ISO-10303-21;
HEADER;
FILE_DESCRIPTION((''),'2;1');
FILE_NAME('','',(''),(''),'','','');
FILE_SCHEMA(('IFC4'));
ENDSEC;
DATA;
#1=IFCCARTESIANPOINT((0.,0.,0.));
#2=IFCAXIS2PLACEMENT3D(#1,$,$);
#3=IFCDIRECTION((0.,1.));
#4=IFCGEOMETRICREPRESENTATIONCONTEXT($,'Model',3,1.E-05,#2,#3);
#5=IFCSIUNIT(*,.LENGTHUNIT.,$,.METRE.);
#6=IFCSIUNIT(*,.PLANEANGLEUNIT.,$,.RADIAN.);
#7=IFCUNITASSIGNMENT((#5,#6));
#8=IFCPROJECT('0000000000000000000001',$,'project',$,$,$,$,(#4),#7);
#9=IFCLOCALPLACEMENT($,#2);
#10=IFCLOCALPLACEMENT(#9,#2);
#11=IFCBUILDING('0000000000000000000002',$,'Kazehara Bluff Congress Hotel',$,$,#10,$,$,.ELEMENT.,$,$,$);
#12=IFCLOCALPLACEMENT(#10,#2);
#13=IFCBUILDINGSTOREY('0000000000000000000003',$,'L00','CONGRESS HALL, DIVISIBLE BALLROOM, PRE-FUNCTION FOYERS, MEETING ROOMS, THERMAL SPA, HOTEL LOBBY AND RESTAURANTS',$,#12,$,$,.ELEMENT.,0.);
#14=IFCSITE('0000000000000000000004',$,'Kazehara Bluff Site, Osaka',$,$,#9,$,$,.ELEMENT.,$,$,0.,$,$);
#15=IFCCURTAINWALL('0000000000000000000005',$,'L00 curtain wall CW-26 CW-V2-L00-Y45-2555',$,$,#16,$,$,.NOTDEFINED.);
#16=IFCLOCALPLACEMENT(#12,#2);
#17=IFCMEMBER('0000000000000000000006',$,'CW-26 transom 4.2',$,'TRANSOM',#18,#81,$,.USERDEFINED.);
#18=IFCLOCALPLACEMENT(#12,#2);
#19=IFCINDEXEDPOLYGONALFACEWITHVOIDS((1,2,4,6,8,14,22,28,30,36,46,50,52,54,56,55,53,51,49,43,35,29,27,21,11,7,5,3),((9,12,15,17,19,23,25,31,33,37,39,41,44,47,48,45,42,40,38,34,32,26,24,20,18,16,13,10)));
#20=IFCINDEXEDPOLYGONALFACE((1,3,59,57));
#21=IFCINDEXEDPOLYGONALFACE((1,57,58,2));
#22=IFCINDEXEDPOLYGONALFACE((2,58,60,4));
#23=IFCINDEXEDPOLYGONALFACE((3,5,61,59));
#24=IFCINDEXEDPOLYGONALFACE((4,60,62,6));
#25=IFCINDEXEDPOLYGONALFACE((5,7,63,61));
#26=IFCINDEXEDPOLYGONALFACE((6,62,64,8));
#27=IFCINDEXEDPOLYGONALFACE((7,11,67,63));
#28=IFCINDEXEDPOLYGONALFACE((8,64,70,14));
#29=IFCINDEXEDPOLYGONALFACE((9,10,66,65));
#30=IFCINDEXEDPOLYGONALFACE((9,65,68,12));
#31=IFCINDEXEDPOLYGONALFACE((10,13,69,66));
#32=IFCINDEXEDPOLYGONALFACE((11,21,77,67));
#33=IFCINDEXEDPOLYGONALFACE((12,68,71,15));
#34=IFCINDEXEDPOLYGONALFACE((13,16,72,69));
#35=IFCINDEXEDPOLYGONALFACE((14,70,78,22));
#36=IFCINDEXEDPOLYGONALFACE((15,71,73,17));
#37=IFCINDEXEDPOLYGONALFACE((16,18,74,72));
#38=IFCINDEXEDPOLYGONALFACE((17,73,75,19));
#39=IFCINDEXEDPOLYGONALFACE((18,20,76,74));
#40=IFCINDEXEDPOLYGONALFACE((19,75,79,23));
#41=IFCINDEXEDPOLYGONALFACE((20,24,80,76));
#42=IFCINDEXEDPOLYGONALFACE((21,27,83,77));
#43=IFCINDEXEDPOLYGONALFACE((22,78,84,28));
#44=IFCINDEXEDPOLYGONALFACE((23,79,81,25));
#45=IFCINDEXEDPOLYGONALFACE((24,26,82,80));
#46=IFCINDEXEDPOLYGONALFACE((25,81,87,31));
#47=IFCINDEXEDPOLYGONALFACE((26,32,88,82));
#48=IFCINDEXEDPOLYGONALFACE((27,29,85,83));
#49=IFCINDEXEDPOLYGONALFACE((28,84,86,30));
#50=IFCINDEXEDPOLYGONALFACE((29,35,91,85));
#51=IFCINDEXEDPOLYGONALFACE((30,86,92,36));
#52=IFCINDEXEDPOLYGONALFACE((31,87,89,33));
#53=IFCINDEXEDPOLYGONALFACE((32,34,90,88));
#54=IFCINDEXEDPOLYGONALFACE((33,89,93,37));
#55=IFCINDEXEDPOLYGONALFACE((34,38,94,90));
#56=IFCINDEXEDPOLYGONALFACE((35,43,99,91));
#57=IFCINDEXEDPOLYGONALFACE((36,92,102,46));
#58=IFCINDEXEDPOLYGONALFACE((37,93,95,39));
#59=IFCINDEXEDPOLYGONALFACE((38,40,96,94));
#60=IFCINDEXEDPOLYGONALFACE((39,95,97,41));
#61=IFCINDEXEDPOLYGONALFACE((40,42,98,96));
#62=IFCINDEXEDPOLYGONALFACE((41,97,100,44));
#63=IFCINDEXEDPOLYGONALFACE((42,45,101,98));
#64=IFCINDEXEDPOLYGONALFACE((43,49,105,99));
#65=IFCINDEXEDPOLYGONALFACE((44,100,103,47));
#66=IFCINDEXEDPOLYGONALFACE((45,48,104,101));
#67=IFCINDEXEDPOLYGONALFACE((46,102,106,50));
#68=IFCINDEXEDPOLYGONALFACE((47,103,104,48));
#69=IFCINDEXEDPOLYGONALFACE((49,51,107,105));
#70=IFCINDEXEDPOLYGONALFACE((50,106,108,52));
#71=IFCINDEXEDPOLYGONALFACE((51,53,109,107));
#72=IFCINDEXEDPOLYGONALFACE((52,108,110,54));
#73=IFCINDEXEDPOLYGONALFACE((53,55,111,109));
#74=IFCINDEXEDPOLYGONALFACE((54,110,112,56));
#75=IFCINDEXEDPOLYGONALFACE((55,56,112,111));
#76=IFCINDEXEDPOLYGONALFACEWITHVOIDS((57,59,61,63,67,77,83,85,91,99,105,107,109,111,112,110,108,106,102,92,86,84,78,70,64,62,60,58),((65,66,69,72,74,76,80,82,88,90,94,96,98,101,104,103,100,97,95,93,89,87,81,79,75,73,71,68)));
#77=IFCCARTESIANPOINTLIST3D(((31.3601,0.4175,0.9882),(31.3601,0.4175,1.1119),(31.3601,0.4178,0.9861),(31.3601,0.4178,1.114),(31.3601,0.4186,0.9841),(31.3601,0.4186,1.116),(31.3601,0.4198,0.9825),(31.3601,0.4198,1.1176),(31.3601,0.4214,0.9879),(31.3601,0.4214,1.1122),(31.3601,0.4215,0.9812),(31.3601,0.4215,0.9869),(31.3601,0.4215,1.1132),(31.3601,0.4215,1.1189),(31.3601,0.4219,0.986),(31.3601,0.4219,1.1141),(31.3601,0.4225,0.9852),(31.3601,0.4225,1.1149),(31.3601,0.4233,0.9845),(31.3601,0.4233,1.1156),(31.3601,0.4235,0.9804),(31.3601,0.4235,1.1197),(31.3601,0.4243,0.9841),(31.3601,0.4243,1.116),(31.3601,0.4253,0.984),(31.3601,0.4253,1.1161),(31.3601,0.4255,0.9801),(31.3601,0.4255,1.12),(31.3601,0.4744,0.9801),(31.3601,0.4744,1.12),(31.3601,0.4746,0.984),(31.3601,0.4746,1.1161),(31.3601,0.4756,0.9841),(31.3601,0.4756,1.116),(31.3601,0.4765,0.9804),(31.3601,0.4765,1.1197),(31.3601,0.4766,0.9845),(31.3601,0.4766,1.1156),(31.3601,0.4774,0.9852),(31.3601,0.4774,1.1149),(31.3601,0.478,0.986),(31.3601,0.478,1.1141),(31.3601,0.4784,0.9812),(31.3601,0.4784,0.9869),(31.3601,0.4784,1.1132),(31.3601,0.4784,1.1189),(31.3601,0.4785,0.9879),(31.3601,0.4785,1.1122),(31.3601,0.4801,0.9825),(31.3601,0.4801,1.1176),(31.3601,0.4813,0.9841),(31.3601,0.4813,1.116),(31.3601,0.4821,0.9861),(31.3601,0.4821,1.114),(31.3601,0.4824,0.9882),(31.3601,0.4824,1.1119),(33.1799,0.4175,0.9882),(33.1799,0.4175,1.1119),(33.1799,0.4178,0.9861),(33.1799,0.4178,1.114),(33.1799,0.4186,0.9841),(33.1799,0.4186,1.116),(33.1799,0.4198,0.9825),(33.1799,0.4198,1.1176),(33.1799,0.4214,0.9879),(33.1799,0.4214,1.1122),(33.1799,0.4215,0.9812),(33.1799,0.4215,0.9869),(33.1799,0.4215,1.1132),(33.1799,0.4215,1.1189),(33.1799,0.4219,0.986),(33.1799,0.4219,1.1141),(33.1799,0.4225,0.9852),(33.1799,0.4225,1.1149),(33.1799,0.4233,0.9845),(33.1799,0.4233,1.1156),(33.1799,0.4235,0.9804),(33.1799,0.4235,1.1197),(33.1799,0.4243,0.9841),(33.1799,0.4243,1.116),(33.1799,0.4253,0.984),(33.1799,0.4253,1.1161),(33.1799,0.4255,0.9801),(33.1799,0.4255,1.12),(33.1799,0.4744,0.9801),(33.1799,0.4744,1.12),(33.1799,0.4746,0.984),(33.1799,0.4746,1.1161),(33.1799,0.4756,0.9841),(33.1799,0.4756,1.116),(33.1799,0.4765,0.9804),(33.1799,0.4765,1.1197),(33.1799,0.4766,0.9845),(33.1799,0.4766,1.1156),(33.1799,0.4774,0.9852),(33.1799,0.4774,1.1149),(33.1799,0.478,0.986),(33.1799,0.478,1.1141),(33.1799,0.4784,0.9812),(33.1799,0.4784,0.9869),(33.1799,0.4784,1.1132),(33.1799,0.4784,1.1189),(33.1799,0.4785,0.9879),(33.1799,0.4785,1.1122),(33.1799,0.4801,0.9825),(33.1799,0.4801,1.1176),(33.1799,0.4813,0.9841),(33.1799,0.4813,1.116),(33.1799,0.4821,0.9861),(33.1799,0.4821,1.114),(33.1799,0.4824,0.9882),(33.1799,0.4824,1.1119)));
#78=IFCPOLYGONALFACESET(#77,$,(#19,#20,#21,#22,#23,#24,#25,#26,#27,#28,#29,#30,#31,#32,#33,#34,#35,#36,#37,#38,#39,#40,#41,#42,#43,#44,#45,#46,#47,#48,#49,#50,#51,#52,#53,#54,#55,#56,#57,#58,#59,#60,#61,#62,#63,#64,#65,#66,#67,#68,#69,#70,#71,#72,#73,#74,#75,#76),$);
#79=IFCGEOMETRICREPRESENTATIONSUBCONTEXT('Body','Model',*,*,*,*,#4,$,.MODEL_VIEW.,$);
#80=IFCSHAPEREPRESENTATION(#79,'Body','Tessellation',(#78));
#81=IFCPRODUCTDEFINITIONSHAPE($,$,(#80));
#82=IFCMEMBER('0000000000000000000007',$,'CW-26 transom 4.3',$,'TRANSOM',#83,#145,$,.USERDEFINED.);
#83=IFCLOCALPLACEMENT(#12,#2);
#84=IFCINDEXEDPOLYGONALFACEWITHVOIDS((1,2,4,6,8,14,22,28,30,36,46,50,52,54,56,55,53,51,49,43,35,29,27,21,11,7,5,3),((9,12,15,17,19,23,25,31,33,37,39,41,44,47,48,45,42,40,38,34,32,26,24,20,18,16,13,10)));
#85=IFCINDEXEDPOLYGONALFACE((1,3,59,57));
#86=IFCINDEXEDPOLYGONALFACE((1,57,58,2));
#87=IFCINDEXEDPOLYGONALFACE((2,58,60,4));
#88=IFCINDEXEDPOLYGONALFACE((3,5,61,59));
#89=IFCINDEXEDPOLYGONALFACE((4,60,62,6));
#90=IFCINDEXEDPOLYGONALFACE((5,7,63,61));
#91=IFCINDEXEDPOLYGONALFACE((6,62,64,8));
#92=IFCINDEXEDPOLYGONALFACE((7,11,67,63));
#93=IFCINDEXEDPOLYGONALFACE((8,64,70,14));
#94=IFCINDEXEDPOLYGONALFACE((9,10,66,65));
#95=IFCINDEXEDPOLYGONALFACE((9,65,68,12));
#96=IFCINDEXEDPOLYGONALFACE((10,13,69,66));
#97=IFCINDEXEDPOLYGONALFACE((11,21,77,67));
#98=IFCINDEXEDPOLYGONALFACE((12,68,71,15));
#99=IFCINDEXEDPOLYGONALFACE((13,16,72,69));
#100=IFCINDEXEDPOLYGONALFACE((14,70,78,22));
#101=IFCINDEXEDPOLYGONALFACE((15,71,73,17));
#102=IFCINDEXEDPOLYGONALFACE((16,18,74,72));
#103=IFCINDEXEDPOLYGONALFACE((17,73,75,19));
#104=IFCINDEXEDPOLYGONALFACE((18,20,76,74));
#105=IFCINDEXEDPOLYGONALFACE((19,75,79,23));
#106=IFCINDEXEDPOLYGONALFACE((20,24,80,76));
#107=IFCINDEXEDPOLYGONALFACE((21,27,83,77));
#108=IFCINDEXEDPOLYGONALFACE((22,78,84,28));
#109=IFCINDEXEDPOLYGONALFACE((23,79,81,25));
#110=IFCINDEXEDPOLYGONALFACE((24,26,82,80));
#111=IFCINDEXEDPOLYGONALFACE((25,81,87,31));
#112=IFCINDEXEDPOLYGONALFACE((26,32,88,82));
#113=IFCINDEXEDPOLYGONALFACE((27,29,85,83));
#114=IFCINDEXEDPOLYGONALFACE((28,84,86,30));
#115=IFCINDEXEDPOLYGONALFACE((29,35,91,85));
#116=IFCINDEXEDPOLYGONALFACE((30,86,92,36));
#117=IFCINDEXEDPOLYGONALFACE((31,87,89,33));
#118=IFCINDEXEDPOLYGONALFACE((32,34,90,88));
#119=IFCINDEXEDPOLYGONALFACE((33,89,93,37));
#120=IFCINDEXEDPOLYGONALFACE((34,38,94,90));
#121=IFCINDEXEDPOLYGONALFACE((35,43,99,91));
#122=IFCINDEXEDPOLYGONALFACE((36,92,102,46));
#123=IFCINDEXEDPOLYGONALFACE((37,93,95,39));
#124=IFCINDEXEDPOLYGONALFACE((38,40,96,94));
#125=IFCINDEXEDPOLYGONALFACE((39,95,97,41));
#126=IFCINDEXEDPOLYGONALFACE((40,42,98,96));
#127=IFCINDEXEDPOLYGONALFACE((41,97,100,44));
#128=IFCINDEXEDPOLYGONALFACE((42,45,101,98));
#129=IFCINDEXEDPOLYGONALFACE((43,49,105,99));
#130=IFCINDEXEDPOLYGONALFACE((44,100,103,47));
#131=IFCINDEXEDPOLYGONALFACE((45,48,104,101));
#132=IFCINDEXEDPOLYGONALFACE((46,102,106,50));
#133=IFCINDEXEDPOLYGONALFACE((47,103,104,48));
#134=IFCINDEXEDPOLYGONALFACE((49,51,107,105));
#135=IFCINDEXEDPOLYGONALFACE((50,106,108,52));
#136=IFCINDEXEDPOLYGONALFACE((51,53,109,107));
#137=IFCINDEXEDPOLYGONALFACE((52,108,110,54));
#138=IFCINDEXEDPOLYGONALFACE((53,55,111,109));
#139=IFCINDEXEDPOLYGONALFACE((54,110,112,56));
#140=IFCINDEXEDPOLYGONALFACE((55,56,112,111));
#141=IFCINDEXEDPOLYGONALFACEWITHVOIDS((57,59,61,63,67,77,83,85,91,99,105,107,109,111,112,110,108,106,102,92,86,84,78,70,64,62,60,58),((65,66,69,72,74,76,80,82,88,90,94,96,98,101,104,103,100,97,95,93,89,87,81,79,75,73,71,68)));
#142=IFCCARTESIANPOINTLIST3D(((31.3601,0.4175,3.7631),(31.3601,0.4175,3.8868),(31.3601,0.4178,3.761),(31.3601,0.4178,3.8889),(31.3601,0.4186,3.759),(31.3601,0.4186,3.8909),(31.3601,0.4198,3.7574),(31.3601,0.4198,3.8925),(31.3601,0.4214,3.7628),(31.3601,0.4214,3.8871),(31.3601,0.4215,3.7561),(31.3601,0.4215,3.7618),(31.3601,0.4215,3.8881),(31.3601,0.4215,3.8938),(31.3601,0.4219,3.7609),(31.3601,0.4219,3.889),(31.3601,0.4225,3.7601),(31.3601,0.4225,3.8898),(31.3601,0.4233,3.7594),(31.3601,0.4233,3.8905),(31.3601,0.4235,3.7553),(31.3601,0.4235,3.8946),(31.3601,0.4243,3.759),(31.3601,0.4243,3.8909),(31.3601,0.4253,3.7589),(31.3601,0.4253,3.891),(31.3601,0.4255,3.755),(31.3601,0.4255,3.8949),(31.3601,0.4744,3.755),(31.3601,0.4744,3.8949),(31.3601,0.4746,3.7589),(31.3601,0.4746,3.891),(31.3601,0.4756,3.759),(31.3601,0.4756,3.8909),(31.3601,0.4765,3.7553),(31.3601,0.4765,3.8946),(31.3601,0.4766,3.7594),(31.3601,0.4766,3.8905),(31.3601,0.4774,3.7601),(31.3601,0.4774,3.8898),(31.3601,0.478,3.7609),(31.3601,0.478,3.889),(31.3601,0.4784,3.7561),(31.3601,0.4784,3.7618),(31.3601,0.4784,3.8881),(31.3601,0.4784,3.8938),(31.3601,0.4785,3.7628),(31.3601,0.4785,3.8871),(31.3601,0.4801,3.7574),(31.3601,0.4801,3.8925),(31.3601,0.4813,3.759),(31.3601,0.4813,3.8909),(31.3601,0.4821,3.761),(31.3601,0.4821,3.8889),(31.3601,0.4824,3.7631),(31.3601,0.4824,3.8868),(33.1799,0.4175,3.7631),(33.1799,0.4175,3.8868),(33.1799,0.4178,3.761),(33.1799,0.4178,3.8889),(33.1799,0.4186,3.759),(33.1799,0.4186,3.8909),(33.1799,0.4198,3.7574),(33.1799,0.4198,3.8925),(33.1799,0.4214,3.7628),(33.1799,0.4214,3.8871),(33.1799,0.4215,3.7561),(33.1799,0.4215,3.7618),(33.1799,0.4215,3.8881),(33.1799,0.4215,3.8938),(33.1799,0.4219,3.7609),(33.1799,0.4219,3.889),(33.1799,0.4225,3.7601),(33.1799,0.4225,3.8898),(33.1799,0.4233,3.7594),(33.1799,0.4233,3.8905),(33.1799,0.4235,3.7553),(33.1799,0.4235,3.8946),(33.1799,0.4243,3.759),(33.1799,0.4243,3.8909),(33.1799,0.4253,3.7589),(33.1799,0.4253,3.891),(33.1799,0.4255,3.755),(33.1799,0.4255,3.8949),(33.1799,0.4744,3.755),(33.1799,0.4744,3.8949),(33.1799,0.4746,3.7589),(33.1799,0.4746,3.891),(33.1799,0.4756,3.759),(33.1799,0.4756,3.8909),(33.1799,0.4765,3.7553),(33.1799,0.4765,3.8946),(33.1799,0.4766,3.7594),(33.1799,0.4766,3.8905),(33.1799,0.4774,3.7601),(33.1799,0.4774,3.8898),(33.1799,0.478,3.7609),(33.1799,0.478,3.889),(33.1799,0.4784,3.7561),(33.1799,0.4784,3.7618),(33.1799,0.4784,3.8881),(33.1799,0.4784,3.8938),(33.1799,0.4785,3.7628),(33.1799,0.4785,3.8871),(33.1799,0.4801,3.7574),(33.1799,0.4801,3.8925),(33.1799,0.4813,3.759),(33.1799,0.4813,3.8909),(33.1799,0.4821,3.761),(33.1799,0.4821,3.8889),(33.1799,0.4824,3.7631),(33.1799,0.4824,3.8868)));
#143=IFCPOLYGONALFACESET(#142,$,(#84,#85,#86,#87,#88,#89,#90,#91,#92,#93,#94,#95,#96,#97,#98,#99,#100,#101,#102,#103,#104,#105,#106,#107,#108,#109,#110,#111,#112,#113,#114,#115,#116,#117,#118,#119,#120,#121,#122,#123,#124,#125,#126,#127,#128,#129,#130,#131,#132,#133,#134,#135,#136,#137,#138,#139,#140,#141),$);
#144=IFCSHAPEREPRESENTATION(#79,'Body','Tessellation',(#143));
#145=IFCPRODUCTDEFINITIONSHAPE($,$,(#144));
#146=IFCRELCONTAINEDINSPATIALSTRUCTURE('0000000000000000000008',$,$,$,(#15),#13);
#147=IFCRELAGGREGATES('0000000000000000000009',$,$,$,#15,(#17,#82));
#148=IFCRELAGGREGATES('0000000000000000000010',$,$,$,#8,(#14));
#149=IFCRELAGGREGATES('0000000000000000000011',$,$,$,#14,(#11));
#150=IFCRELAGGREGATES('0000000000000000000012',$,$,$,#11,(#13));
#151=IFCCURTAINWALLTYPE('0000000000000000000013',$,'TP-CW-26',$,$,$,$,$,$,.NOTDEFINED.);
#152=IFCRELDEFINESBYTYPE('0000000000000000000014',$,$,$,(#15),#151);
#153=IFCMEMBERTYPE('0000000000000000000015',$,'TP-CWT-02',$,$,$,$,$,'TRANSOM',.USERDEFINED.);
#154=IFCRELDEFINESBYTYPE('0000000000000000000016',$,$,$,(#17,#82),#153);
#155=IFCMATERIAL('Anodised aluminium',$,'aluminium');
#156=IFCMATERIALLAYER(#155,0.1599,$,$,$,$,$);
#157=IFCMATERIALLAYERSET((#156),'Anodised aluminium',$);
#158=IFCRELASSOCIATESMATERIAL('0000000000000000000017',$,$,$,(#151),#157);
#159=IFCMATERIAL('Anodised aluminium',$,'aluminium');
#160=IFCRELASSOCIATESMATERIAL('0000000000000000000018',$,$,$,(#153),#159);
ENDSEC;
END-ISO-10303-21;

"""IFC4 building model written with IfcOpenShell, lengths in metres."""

from ifc_helpers import new_model, si_unit, direction, frame, origin, origin_2d, place, context, subcontext, project, spatial, hollow_rectangle, extrude, material, layer, layer_set, material_profile, profile_set, type_object, element, aggregate, save


model = new_model("IFC4")

# Units and contexts
model_context = context("Model", 3, precision=1e-05, world=origin(), true_north=direction((0.0, 1.0)))
body_context = subcontext(model_context, "Body", "Model", "MODEL_VIEW")
ifc_project = project(units=[si_unit("LENGTHUNIT", "METRE"), si_unit("PLANEANGLEUNIT", "RADIAN")], contexts=[model_context])

# Site, building, storey
site_placement = place(None, origin())
site = spatial("IfcSite", under=ifc_project, at=site_placement, Name="Kazehara Bluff Site, Osaka", CompositionType="ELEMENT", RefElevation=0.0)
building_placement = place(site_placement, origin())
building = spatial("IfcBuilding", under=site, at=building_placement, Name="Kazehara Bluff Congress Hotel", CompositionType="ELEMENT")
storey_placement = place(building_placement, origin())
storey = spatial("IfcBuildingStorey", under=building, at=storey_placement, Name="L00", Description="CONGRESS HALL, DIVISIBLE BALLROOM, PRE-FUNCTION FOYERS, MEETING ROOMS, THERMAL SPA, HOTEL LOBBY AND RESTAURANTS", CompositionType="ELEMENT", Elevation=0.0)

# Curtain wall, members
ifc_material_1 = material(Name="Anodised aluminium", Category="aluminium")
ifc_layer_1 = layer(ifc_material_1, 0.1599)
ifc_layer_set_1 = layer_set([ifc_layer_1], Name="Anodised aluminium")
curtain_wall_type = type_object("IfcCurtainWallType", Name="TP-CW-26", PredefinedType="NOTDEFINED", material=ifc_layer_set_1)
curtain_wall_placement = place(storey_placement, origin())
curtain_wall = element("IfcCurtainWall", 1, at=curtain_wall_placement, inside=storey, type_object=curtain_wall_type, Name="L00 curtain wall CW-26 CW-V2-L00-Y45-2555", PredefinedType="NOTDEFINED")
ifc_material_2 = material(Name="Anodised aluminium", Category="aluminium")
ifc_material_profile_1 = material_profile(ifc_material_2, hollow_rectangle(XDim=0.0649, YDim=0.1399, WallThickness=0.0039, InnerFilletRadius=0.0039, OuterFilletRadius=0.0081, at=origin_2d()))
ifc_profile_set_1 = profile_set([ifc_material_profile_1], Name="Anodised aluminium")
member_type_1 = type_object("IfcMemberType", Name="TP-CWT-02", ElementType="TRANSOM", PredefinedType="USERDEFINED", material=ifc_profile_set_1)
member_1_placement = place(storey_placement, frame((31.3601, 0.45, 1.05), z_axis=(1.0, 0.0, 0.0), x_axis=(0.0, 1.0, 0.0)))
member_1 = element("IfcMember", 2, at=member_1_placement, type_object=member_type_1, Name="CW-26 transom 4.2", ObjectType="TRANSOM", PredefinedType="USERDEFINED", context=body_context, shape_type="SweptSolid", body=[
    extrude(hollow_rectangle(XDim=0.0649, YDim=0.1399, WallThickness=0.0039, InnerFilletRadius=0.0039, OuterFilletRadius=0.0081, at=origin_2d()), origin(), (0.0, 0.0, 1.0), 1.8198),
])
member_2_placement = place(storey_placement, frame((31.3601, 0.45, 3.825), z_axis=(1.0, 0.0, 0.0), x_axis=(0.0, 1.0, 0.0)))
member_2 = element("IfcMember", 3, at=member_2_placement, type_object=member_type_1, Name="CW-26 transom 4.3", ObjectType="TRANSOM", PredefinedType="USERDEFINED", context=body_context, shape_type="SweptSolid", body=[
    extrude(hollow_rectangle(XDim=0.0649, YDim=0.1399, WallThickness=0.0039, InnerFilletRadius=0.0039, OuterFilletRadius=0.0081, at=origin_2d()), origin(), (0.0, 0.0, 1.0), 1.8198),
])
aggregate(curtain_wall, [member_1, member_2])

save(model, "model.ifc")
